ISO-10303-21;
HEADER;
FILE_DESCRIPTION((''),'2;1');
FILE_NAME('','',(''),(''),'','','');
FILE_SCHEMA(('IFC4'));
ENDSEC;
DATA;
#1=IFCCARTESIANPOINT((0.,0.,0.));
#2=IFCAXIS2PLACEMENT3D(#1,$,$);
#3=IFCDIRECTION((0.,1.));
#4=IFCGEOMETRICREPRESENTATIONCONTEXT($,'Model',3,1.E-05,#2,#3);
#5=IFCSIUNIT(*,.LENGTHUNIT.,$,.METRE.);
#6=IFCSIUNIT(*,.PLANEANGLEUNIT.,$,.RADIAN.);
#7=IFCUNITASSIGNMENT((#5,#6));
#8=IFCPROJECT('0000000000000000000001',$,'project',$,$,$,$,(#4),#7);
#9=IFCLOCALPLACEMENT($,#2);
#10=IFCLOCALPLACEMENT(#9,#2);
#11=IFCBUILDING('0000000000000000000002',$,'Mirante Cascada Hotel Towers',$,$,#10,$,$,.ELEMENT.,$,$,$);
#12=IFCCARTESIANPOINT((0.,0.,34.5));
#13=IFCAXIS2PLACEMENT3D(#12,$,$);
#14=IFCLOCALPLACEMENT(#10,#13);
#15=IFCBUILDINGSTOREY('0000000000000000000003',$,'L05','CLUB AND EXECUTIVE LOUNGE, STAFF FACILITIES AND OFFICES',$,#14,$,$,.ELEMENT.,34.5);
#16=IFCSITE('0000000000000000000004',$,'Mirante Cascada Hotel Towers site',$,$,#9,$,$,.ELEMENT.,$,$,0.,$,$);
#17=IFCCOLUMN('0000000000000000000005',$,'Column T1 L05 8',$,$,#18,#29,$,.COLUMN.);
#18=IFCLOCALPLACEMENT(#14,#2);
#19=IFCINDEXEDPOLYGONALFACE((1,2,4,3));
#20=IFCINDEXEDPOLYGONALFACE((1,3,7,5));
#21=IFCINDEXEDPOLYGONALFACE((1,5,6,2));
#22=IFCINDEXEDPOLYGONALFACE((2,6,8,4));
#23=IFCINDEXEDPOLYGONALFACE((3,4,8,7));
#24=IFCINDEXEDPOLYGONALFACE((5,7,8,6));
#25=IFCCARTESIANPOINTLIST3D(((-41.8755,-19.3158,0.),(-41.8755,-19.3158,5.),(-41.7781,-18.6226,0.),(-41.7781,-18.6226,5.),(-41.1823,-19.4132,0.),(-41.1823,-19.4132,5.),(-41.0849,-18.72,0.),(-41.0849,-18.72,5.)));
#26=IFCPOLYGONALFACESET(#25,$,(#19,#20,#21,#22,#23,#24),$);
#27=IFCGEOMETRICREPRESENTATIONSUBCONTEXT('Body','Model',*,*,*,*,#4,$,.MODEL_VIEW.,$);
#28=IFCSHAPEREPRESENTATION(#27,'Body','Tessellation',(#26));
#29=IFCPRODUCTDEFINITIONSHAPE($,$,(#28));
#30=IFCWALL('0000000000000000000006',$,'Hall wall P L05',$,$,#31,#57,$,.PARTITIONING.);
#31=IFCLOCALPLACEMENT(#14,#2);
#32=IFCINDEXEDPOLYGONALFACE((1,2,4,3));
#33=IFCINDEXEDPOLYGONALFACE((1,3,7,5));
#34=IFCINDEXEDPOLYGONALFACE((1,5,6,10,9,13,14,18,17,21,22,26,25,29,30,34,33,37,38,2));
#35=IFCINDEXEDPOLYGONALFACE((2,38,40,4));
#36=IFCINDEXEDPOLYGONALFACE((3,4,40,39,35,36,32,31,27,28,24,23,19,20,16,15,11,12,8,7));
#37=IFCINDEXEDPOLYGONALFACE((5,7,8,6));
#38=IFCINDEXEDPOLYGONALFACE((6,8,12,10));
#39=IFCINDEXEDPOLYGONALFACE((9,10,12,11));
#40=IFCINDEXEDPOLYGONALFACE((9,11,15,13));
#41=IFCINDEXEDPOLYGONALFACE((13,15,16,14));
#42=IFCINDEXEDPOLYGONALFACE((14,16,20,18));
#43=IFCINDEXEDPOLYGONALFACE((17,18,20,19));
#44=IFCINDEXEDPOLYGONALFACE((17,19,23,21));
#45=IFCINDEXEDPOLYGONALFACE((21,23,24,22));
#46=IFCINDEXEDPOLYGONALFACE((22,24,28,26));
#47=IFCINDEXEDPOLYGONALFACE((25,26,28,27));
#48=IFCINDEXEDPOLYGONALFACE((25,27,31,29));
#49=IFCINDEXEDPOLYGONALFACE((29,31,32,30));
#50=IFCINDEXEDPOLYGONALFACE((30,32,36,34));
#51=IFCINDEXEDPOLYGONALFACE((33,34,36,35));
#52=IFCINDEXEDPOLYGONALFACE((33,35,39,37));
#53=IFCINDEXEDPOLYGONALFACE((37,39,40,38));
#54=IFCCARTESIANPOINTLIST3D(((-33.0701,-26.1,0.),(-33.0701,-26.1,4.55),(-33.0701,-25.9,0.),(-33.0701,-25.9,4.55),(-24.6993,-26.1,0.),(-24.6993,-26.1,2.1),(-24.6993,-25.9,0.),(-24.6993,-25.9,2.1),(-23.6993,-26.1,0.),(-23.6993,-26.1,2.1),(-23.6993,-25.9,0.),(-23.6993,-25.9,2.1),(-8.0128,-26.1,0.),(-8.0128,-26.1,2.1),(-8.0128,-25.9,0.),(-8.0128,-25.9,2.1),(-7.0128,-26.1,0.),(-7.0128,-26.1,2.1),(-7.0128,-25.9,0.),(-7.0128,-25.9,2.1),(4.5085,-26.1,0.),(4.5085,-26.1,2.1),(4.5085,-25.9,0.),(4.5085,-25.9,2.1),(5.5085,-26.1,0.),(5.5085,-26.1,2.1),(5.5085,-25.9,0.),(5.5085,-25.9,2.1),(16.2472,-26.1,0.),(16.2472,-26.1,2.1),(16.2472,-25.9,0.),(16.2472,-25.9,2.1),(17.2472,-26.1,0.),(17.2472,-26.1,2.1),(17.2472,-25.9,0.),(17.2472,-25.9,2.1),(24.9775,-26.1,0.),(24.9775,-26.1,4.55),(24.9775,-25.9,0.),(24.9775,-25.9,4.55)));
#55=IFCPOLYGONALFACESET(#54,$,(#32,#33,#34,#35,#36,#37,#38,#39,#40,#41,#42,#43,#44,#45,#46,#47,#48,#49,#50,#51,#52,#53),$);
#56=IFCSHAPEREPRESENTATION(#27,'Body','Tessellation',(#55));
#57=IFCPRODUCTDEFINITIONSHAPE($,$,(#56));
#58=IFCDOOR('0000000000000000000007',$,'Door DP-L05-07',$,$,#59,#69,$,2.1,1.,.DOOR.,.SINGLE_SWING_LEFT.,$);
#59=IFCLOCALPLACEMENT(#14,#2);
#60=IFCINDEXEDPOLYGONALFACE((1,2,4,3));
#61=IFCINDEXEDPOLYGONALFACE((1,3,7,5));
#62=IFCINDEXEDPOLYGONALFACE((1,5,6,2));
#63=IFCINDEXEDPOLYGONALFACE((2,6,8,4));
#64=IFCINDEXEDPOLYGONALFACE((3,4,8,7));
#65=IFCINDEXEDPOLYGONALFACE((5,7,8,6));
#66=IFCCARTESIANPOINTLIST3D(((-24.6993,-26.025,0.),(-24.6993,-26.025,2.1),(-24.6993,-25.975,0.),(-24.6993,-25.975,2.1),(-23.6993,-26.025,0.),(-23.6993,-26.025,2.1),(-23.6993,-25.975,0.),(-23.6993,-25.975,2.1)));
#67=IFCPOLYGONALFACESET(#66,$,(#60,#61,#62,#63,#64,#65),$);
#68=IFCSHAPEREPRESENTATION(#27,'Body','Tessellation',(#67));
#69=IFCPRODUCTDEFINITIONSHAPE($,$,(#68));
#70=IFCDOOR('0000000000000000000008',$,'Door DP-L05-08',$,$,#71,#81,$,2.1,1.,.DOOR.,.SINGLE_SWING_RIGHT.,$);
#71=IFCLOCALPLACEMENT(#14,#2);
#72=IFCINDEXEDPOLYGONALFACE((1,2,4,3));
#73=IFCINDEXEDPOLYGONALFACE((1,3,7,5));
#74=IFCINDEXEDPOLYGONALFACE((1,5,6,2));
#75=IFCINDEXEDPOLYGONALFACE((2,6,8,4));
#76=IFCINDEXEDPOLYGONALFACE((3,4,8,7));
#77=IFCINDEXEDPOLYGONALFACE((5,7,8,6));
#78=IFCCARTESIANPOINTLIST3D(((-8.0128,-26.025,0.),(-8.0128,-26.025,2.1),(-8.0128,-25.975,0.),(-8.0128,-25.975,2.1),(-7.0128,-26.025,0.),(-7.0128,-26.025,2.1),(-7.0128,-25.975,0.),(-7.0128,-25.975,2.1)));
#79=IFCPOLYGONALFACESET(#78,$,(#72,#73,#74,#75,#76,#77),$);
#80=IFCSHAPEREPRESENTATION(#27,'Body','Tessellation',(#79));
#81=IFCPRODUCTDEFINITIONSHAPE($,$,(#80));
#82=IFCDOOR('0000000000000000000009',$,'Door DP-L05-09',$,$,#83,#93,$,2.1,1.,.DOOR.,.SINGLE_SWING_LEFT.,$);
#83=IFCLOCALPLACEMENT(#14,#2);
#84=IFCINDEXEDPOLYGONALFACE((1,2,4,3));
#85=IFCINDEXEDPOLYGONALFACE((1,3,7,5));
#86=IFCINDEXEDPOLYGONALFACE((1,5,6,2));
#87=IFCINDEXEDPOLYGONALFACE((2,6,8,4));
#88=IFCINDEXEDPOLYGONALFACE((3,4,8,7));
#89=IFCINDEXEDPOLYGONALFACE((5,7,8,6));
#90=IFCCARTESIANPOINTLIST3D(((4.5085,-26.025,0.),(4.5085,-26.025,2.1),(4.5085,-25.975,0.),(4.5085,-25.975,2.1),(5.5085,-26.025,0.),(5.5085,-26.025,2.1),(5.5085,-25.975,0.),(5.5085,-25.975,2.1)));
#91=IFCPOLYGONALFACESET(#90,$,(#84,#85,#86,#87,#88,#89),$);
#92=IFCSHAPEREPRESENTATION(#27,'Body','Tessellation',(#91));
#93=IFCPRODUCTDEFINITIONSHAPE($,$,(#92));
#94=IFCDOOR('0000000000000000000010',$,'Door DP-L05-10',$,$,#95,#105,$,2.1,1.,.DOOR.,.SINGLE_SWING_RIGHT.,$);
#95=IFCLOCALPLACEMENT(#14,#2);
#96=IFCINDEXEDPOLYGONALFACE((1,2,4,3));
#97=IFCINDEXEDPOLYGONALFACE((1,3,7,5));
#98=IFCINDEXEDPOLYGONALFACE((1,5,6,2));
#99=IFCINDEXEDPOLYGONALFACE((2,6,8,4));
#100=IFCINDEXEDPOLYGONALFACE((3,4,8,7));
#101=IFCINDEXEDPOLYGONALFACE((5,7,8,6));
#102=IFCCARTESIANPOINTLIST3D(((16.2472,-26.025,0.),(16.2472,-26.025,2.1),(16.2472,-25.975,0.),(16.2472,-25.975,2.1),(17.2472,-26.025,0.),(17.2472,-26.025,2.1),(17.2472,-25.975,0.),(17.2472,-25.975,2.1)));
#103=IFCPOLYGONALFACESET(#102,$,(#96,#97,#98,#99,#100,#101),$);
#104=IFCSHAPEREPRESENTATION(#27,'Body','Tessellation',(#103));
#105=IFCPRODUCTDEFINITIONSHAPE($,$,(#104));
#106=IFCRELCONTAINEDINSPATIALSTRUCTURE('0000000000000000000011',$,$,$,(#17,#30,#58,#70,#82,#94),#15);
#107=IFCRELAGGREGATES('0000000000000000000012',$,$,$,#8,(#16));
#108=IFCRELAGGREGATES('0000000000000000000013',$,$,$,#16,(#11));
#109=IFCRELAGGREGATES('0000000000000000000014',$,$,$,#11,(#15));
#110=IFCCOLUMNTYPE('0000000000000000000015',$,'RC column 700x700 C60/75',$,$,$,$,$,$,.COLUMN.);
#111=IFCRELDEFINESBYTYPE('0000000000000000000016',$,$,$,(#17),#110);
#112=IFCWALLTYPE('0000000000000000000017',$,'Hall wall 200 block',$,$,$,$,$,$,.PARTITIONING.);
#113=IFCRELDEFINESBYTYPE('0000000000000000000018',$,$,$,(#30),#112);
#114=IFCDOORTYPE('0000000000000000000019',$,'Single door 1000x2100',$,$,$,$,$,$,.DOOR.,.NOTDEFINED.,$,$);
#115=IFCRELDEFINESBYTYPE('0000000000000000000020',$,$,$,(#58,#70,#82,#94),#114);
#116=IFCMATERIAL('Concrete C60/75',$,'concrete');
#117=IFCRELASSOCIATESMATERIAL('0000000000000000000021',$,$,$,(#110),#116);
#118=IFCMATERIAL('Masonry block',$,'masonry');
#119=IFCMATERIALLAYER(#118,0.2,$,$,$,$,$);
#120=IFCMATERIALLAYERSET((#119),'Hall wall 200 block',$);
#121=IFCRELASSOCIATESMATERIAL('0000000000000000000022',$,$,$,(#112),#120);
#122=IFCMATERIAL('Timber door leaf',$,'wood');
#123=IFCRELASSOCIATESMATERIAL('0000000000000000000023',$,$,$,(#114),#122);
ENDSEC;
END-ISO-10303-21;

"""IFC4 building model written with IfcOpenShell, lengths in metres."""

from ifc_helpers import new_model, si_unit, direction, frame, frame_2d, origin, origin_2d, place, context, subcontext, project, spatial, rectangle, extrude, material, layer, layer_set, material_profile, profile_set, type_object, element, fill, save


model = new_model("IFC4")

# Units and contexts
model_context = context("Model", 3, precision=1e-05, world=origin(), true_north=direction((0.0, 1.0)))
body_context = subcontext(model_context, "Body", "Model", "MODEL_VIEW")
ifc_project = project(units=[si_unit("LENGTHUNIT", "METRE"), si_unit("PLANEANGLEUNIT", "RADIAN")], contexts=[model_context])

# Site, building, storey
site_placement = place(None, origin())
site = spatial("IfcSite", under=ifc_project, at=site_placement, Name="Mirante Cascada Hotel Towers site", CompositionType="ELEMENT", RefElevation=0.0)
building_placement = place(site_placement, origin())
building = spatial("IfcBuilding", under=site, at=building_placement, Name="Mirante Cascada Hotel Towers", CompositionType="ELEMENT")
storey_placement = place(building_placement, frame((0.0, 0.0, 34.5)))
storey = spatial("IfcBuildingStorey", under=building, at=storey_placement, Name="L05", Description="CLUB AND EXECUTIVE LOUNGE, STAFF FACILITIES AND OFFICES", CompositionType="ELEMENT", Elevation=34.5)

# Column
ifc_material_1 = material(Name="Concrete C60/75", Category="concrete")
ifc_material_profile = material_profile(ifc_material_1, rectangle(XDim=0.7, YDim=0.7, at=origin_2d()), Name="RC column 700x700 C60/75")
ifc_profile_set = profile_set([ifc_material_profile], Name="Concrete C60/75")
column_type = type_object("IfcColumnType", Name="RC column 700x700 C60/75", PredefinedType="COLUMN", material=ifc_profile_set)
column_placement = place(storey_placement, frame((-41.4802, -19.0179, 0.0), z_axis=(0.0, 0.0, 1.0), x_axis=(-0.990268, 0.139173, 0.0)))
element("IfcColumn", 1, at=column_placement, inside=storey, type_object=column_type, Name="Column T1 L05 8", PredefinedType="COLUMN", context=body_context, shape_type="SweptSolid", body=[
    extrude(rectangle(XDim=0.7, YDim=0.7, at=origin_2d()), origin(), (0.0, 0.0, 1.0), 5.0),
])

# Wall, openings, doors
ifc_material_2 = material(Name="Masonry block", Category="masonry")
ifc_layer_1 = layer(ifc_material_2, 0.2)
ifc_layer_set_1 = layer_set([ifc_layer_1], Name="Hall wall 200 block")
wall_type_1 = type_object("IfcWallType", Name="Hall wall 200 block", PredefinedType="PARTITIONING", material=ifc_layer_set_1)
wall_1_placement = place(storey_placement, frame((-33.0701, -26.0, 0.0), z_axis=(0.0, 0.0, 1.0), x_axis=(1.0, 0.0, 0.0)))
wall_1 = element("IfcWall", 2, at=wall_1_placement, inside=storey, type_object=wall_type_1, Name="Hall wall P L05", PredefinedType="PARTITIONING", context=body_context, shape_type="SweptSolid", body=[
    extrude(rectangle(XDim=58.0476, YDim=0.2, at=frame_2d((29.0238, 0.0))), origin(), (0.0, 0.0, 1.0), 4.55),
])
opening_1_placement = place(wall_1_placement, frame((8.3708, 0.0, 0.0)))
opening_1 = element("IfcOpeningElement", 3, at=opening_1_placement, cuts=wall_1, PredefinedType="OPENING", context=body_context, shape_type="SweptSolid", body=[
    extrude(rectangle(XDim=1.0, YDim=2.1, at=frame_2d((0.5, 1.05))), frame((0.0, 0.1, 0.0), z_axis=(0.0, -1.0, 0.0), x_axis=(1.0, 0.0, 0.0)), (0.0, 0.0, 1.0), 0.2),
])
opening_2_placement = place(wall_1_placement, frame((25.0573, 0.0, 0.0)))
opening_2 = element("IfcOpeningElement", 4, at=opening_2_placement, cuts=wall_1, PredefinedType="OPENING", context=body_context, shape_type="SweptSolid", body=[
    extrude(rectangle(XDim=1.0, YDim=2.1, at=frame_2d((0.5, 1.05))), frame((0.0, 0.1, 0.0), z_axis=(0.0, -1.0, 0.0), x_axis=(1.0, 0.0, 0.0)), (0.0, 0.0, 1.0), 0.2),
])
opening_3_placement = place(wall_1_placement, frame((37.5786, 0.0, 0.0)))
opening_3 = element("IfcOpeningElement", 5, at=opening_3_placement, cuts=wall_1, PredefinedType="OPENING", context=body_context, shape_type="SweptSolid", body=[
    extrude(rectangle(XDim=1.0, YDim=2.1, at=frame_2d((0.5, 1.05))), frame((0.0, 0.1, 0.0), z_axis=(0.0, -1.0, 0.0), x_axis=(1.0, 0.0, 0.0)), (0.0, 0.0, 1.0), 0.2),
])
opening_4_placement = place(wall_1_placement, frame((49.3173, 0.0, 0.0)))
opening_4 = element("IfcOpeningElement", 6, at=opening_4_placement, cuts=wall_1, PredefinedType="OPENING", context=body_context, shape_type="SweptSolid", body=[
    extrude(rectangle(XDim=1.0, YDim=2.1, at=frame_2d((0.5, 1.05))), frame((0.0, 0.1, 0.0), z_axis=(0.0, -1.0, 0.0), x_axis=(1.0, 0.0, 0.0)), (0.0, 0.0, 1.0), 0.2),
])
ifc_material_3 = material(Name="Timber door leaf", Category="wood")
door_type = type_object("IfcDoorType", Name="Single door 1000x2100", OperationType="NOTDEFINED", PredefinedType="DOOR", material=ifc_material_3)
door_1_placement = place(opening_1_placement, origin())
door_1 = element("IfcDoor", 7, at=door_1_placement, inside=storey, type_object=door_type, Name="Door DP-L05-07", OperationType="SINGLE_SWING_LEFT", OverallHeight=2.1, OverallWidth=1.0, PredefinedType="DOOR", context=body_context, shape_type="SweptSolid", body=[
    extrude(rectangle(XDim=1.0, YDim=2.1, at=frame_2d((0.5, 1.05))), frame((0.0, 0.025, 0.0), z_axis=(0.0, -1.0, 0.0), x_axis=(1.0, 0.0, 0.0)), (0.0, 0.0, 1.0), 0.05),
])
fill(opening_1, door_1)
door_2_placement = place(opening_2_placement, frame((1.0, 0.0, 0.0), z_axis=(0.0, 0.0, 1.0), x_axis=(-1.0, 0.0, 0.0)))
door_2 = element("IfcDoor", 8, at=door_2_placement, inside=storey, type_object=door_type, Name="Door DP-L05-08", OperationType="SINGLE_SWING_RIGHT", OverallHeight=2.1, OverallWidth=1.0, PredefinedType="DOOR", context=body_context, shape_type="SweptSolid", body=[
    extrude(rectangle(XDim=1.0, YDim=2.1, at=frame_2d((0.5, 1.05))), frame((0.0, 0.025, 0.0), z_axis=(0.0, -1.0, 0.0), x_axis=(1.0, 0.0, 0.0)), (0.0, 0.0, 1.0), 0.05),
])
fill(opening_2, door_2)
door_3_placement = place(opening_3_placement, frame((1.0, 0.0, 0.0), z_axis=(0.0, 0.0, 1.0), x_axis=(-1.0, 0.0, 0.0)))
door_3 = element("IfcDoor", 9, at=door_3_placement, inside=storey, type_object=door_type, Name="Door DP-L05-09", OperationType="SINGLE_SWING_LEFT", OverallHeight=2.1, OverallWidth=1.0, PredefinedType="DOOR", context=body_context, shape_type="SweptSolid", body=[
    extrude(rectangle(XDim=1.0, YDim=2.1, at=frame_2d((0.5, 1.05))), frame((0.0, 0.025, 0.0), z_axis=(0.0, -1.0, 0.0), x_axis=(1.0, 0.0, 0.0)), (0.0, 0.0, 1.0), 0.05),
])
fill(opening_3, door_3)
door_4_placement = place(opening_4_placement, frame((1.0, 0.0, 0.0), z_axis=(0.0, 0.0, 1.0), x_axis=(-1.0, 0.0, 0.0)))
door_4 = element("IfcDoor", 10, at=door_4_placement, inside=storey, type_object=door_type, Name="Door DP-L05-10", OperationType="SINGLE_SWING_RIGHT", OverallHeight=2.1, OverallWidth=1.0, PredefinedType="DOOR", context=body_context, shape_type="SweptSolid", body=[
    extrude(rectangle(XDim=1.0, YDim=2.1, at=frame_2d((0.5, 1.05))), frame((0.0, 0.025, 0.0), z_axis=(0.0, -1.0, 0.0), x_axis=(1.0, 0.0, 0.0)), (0.0, 0.0, 1.0), 0.05),
])
fill(opening_4, door_4)

save(model, "model.ifc")
